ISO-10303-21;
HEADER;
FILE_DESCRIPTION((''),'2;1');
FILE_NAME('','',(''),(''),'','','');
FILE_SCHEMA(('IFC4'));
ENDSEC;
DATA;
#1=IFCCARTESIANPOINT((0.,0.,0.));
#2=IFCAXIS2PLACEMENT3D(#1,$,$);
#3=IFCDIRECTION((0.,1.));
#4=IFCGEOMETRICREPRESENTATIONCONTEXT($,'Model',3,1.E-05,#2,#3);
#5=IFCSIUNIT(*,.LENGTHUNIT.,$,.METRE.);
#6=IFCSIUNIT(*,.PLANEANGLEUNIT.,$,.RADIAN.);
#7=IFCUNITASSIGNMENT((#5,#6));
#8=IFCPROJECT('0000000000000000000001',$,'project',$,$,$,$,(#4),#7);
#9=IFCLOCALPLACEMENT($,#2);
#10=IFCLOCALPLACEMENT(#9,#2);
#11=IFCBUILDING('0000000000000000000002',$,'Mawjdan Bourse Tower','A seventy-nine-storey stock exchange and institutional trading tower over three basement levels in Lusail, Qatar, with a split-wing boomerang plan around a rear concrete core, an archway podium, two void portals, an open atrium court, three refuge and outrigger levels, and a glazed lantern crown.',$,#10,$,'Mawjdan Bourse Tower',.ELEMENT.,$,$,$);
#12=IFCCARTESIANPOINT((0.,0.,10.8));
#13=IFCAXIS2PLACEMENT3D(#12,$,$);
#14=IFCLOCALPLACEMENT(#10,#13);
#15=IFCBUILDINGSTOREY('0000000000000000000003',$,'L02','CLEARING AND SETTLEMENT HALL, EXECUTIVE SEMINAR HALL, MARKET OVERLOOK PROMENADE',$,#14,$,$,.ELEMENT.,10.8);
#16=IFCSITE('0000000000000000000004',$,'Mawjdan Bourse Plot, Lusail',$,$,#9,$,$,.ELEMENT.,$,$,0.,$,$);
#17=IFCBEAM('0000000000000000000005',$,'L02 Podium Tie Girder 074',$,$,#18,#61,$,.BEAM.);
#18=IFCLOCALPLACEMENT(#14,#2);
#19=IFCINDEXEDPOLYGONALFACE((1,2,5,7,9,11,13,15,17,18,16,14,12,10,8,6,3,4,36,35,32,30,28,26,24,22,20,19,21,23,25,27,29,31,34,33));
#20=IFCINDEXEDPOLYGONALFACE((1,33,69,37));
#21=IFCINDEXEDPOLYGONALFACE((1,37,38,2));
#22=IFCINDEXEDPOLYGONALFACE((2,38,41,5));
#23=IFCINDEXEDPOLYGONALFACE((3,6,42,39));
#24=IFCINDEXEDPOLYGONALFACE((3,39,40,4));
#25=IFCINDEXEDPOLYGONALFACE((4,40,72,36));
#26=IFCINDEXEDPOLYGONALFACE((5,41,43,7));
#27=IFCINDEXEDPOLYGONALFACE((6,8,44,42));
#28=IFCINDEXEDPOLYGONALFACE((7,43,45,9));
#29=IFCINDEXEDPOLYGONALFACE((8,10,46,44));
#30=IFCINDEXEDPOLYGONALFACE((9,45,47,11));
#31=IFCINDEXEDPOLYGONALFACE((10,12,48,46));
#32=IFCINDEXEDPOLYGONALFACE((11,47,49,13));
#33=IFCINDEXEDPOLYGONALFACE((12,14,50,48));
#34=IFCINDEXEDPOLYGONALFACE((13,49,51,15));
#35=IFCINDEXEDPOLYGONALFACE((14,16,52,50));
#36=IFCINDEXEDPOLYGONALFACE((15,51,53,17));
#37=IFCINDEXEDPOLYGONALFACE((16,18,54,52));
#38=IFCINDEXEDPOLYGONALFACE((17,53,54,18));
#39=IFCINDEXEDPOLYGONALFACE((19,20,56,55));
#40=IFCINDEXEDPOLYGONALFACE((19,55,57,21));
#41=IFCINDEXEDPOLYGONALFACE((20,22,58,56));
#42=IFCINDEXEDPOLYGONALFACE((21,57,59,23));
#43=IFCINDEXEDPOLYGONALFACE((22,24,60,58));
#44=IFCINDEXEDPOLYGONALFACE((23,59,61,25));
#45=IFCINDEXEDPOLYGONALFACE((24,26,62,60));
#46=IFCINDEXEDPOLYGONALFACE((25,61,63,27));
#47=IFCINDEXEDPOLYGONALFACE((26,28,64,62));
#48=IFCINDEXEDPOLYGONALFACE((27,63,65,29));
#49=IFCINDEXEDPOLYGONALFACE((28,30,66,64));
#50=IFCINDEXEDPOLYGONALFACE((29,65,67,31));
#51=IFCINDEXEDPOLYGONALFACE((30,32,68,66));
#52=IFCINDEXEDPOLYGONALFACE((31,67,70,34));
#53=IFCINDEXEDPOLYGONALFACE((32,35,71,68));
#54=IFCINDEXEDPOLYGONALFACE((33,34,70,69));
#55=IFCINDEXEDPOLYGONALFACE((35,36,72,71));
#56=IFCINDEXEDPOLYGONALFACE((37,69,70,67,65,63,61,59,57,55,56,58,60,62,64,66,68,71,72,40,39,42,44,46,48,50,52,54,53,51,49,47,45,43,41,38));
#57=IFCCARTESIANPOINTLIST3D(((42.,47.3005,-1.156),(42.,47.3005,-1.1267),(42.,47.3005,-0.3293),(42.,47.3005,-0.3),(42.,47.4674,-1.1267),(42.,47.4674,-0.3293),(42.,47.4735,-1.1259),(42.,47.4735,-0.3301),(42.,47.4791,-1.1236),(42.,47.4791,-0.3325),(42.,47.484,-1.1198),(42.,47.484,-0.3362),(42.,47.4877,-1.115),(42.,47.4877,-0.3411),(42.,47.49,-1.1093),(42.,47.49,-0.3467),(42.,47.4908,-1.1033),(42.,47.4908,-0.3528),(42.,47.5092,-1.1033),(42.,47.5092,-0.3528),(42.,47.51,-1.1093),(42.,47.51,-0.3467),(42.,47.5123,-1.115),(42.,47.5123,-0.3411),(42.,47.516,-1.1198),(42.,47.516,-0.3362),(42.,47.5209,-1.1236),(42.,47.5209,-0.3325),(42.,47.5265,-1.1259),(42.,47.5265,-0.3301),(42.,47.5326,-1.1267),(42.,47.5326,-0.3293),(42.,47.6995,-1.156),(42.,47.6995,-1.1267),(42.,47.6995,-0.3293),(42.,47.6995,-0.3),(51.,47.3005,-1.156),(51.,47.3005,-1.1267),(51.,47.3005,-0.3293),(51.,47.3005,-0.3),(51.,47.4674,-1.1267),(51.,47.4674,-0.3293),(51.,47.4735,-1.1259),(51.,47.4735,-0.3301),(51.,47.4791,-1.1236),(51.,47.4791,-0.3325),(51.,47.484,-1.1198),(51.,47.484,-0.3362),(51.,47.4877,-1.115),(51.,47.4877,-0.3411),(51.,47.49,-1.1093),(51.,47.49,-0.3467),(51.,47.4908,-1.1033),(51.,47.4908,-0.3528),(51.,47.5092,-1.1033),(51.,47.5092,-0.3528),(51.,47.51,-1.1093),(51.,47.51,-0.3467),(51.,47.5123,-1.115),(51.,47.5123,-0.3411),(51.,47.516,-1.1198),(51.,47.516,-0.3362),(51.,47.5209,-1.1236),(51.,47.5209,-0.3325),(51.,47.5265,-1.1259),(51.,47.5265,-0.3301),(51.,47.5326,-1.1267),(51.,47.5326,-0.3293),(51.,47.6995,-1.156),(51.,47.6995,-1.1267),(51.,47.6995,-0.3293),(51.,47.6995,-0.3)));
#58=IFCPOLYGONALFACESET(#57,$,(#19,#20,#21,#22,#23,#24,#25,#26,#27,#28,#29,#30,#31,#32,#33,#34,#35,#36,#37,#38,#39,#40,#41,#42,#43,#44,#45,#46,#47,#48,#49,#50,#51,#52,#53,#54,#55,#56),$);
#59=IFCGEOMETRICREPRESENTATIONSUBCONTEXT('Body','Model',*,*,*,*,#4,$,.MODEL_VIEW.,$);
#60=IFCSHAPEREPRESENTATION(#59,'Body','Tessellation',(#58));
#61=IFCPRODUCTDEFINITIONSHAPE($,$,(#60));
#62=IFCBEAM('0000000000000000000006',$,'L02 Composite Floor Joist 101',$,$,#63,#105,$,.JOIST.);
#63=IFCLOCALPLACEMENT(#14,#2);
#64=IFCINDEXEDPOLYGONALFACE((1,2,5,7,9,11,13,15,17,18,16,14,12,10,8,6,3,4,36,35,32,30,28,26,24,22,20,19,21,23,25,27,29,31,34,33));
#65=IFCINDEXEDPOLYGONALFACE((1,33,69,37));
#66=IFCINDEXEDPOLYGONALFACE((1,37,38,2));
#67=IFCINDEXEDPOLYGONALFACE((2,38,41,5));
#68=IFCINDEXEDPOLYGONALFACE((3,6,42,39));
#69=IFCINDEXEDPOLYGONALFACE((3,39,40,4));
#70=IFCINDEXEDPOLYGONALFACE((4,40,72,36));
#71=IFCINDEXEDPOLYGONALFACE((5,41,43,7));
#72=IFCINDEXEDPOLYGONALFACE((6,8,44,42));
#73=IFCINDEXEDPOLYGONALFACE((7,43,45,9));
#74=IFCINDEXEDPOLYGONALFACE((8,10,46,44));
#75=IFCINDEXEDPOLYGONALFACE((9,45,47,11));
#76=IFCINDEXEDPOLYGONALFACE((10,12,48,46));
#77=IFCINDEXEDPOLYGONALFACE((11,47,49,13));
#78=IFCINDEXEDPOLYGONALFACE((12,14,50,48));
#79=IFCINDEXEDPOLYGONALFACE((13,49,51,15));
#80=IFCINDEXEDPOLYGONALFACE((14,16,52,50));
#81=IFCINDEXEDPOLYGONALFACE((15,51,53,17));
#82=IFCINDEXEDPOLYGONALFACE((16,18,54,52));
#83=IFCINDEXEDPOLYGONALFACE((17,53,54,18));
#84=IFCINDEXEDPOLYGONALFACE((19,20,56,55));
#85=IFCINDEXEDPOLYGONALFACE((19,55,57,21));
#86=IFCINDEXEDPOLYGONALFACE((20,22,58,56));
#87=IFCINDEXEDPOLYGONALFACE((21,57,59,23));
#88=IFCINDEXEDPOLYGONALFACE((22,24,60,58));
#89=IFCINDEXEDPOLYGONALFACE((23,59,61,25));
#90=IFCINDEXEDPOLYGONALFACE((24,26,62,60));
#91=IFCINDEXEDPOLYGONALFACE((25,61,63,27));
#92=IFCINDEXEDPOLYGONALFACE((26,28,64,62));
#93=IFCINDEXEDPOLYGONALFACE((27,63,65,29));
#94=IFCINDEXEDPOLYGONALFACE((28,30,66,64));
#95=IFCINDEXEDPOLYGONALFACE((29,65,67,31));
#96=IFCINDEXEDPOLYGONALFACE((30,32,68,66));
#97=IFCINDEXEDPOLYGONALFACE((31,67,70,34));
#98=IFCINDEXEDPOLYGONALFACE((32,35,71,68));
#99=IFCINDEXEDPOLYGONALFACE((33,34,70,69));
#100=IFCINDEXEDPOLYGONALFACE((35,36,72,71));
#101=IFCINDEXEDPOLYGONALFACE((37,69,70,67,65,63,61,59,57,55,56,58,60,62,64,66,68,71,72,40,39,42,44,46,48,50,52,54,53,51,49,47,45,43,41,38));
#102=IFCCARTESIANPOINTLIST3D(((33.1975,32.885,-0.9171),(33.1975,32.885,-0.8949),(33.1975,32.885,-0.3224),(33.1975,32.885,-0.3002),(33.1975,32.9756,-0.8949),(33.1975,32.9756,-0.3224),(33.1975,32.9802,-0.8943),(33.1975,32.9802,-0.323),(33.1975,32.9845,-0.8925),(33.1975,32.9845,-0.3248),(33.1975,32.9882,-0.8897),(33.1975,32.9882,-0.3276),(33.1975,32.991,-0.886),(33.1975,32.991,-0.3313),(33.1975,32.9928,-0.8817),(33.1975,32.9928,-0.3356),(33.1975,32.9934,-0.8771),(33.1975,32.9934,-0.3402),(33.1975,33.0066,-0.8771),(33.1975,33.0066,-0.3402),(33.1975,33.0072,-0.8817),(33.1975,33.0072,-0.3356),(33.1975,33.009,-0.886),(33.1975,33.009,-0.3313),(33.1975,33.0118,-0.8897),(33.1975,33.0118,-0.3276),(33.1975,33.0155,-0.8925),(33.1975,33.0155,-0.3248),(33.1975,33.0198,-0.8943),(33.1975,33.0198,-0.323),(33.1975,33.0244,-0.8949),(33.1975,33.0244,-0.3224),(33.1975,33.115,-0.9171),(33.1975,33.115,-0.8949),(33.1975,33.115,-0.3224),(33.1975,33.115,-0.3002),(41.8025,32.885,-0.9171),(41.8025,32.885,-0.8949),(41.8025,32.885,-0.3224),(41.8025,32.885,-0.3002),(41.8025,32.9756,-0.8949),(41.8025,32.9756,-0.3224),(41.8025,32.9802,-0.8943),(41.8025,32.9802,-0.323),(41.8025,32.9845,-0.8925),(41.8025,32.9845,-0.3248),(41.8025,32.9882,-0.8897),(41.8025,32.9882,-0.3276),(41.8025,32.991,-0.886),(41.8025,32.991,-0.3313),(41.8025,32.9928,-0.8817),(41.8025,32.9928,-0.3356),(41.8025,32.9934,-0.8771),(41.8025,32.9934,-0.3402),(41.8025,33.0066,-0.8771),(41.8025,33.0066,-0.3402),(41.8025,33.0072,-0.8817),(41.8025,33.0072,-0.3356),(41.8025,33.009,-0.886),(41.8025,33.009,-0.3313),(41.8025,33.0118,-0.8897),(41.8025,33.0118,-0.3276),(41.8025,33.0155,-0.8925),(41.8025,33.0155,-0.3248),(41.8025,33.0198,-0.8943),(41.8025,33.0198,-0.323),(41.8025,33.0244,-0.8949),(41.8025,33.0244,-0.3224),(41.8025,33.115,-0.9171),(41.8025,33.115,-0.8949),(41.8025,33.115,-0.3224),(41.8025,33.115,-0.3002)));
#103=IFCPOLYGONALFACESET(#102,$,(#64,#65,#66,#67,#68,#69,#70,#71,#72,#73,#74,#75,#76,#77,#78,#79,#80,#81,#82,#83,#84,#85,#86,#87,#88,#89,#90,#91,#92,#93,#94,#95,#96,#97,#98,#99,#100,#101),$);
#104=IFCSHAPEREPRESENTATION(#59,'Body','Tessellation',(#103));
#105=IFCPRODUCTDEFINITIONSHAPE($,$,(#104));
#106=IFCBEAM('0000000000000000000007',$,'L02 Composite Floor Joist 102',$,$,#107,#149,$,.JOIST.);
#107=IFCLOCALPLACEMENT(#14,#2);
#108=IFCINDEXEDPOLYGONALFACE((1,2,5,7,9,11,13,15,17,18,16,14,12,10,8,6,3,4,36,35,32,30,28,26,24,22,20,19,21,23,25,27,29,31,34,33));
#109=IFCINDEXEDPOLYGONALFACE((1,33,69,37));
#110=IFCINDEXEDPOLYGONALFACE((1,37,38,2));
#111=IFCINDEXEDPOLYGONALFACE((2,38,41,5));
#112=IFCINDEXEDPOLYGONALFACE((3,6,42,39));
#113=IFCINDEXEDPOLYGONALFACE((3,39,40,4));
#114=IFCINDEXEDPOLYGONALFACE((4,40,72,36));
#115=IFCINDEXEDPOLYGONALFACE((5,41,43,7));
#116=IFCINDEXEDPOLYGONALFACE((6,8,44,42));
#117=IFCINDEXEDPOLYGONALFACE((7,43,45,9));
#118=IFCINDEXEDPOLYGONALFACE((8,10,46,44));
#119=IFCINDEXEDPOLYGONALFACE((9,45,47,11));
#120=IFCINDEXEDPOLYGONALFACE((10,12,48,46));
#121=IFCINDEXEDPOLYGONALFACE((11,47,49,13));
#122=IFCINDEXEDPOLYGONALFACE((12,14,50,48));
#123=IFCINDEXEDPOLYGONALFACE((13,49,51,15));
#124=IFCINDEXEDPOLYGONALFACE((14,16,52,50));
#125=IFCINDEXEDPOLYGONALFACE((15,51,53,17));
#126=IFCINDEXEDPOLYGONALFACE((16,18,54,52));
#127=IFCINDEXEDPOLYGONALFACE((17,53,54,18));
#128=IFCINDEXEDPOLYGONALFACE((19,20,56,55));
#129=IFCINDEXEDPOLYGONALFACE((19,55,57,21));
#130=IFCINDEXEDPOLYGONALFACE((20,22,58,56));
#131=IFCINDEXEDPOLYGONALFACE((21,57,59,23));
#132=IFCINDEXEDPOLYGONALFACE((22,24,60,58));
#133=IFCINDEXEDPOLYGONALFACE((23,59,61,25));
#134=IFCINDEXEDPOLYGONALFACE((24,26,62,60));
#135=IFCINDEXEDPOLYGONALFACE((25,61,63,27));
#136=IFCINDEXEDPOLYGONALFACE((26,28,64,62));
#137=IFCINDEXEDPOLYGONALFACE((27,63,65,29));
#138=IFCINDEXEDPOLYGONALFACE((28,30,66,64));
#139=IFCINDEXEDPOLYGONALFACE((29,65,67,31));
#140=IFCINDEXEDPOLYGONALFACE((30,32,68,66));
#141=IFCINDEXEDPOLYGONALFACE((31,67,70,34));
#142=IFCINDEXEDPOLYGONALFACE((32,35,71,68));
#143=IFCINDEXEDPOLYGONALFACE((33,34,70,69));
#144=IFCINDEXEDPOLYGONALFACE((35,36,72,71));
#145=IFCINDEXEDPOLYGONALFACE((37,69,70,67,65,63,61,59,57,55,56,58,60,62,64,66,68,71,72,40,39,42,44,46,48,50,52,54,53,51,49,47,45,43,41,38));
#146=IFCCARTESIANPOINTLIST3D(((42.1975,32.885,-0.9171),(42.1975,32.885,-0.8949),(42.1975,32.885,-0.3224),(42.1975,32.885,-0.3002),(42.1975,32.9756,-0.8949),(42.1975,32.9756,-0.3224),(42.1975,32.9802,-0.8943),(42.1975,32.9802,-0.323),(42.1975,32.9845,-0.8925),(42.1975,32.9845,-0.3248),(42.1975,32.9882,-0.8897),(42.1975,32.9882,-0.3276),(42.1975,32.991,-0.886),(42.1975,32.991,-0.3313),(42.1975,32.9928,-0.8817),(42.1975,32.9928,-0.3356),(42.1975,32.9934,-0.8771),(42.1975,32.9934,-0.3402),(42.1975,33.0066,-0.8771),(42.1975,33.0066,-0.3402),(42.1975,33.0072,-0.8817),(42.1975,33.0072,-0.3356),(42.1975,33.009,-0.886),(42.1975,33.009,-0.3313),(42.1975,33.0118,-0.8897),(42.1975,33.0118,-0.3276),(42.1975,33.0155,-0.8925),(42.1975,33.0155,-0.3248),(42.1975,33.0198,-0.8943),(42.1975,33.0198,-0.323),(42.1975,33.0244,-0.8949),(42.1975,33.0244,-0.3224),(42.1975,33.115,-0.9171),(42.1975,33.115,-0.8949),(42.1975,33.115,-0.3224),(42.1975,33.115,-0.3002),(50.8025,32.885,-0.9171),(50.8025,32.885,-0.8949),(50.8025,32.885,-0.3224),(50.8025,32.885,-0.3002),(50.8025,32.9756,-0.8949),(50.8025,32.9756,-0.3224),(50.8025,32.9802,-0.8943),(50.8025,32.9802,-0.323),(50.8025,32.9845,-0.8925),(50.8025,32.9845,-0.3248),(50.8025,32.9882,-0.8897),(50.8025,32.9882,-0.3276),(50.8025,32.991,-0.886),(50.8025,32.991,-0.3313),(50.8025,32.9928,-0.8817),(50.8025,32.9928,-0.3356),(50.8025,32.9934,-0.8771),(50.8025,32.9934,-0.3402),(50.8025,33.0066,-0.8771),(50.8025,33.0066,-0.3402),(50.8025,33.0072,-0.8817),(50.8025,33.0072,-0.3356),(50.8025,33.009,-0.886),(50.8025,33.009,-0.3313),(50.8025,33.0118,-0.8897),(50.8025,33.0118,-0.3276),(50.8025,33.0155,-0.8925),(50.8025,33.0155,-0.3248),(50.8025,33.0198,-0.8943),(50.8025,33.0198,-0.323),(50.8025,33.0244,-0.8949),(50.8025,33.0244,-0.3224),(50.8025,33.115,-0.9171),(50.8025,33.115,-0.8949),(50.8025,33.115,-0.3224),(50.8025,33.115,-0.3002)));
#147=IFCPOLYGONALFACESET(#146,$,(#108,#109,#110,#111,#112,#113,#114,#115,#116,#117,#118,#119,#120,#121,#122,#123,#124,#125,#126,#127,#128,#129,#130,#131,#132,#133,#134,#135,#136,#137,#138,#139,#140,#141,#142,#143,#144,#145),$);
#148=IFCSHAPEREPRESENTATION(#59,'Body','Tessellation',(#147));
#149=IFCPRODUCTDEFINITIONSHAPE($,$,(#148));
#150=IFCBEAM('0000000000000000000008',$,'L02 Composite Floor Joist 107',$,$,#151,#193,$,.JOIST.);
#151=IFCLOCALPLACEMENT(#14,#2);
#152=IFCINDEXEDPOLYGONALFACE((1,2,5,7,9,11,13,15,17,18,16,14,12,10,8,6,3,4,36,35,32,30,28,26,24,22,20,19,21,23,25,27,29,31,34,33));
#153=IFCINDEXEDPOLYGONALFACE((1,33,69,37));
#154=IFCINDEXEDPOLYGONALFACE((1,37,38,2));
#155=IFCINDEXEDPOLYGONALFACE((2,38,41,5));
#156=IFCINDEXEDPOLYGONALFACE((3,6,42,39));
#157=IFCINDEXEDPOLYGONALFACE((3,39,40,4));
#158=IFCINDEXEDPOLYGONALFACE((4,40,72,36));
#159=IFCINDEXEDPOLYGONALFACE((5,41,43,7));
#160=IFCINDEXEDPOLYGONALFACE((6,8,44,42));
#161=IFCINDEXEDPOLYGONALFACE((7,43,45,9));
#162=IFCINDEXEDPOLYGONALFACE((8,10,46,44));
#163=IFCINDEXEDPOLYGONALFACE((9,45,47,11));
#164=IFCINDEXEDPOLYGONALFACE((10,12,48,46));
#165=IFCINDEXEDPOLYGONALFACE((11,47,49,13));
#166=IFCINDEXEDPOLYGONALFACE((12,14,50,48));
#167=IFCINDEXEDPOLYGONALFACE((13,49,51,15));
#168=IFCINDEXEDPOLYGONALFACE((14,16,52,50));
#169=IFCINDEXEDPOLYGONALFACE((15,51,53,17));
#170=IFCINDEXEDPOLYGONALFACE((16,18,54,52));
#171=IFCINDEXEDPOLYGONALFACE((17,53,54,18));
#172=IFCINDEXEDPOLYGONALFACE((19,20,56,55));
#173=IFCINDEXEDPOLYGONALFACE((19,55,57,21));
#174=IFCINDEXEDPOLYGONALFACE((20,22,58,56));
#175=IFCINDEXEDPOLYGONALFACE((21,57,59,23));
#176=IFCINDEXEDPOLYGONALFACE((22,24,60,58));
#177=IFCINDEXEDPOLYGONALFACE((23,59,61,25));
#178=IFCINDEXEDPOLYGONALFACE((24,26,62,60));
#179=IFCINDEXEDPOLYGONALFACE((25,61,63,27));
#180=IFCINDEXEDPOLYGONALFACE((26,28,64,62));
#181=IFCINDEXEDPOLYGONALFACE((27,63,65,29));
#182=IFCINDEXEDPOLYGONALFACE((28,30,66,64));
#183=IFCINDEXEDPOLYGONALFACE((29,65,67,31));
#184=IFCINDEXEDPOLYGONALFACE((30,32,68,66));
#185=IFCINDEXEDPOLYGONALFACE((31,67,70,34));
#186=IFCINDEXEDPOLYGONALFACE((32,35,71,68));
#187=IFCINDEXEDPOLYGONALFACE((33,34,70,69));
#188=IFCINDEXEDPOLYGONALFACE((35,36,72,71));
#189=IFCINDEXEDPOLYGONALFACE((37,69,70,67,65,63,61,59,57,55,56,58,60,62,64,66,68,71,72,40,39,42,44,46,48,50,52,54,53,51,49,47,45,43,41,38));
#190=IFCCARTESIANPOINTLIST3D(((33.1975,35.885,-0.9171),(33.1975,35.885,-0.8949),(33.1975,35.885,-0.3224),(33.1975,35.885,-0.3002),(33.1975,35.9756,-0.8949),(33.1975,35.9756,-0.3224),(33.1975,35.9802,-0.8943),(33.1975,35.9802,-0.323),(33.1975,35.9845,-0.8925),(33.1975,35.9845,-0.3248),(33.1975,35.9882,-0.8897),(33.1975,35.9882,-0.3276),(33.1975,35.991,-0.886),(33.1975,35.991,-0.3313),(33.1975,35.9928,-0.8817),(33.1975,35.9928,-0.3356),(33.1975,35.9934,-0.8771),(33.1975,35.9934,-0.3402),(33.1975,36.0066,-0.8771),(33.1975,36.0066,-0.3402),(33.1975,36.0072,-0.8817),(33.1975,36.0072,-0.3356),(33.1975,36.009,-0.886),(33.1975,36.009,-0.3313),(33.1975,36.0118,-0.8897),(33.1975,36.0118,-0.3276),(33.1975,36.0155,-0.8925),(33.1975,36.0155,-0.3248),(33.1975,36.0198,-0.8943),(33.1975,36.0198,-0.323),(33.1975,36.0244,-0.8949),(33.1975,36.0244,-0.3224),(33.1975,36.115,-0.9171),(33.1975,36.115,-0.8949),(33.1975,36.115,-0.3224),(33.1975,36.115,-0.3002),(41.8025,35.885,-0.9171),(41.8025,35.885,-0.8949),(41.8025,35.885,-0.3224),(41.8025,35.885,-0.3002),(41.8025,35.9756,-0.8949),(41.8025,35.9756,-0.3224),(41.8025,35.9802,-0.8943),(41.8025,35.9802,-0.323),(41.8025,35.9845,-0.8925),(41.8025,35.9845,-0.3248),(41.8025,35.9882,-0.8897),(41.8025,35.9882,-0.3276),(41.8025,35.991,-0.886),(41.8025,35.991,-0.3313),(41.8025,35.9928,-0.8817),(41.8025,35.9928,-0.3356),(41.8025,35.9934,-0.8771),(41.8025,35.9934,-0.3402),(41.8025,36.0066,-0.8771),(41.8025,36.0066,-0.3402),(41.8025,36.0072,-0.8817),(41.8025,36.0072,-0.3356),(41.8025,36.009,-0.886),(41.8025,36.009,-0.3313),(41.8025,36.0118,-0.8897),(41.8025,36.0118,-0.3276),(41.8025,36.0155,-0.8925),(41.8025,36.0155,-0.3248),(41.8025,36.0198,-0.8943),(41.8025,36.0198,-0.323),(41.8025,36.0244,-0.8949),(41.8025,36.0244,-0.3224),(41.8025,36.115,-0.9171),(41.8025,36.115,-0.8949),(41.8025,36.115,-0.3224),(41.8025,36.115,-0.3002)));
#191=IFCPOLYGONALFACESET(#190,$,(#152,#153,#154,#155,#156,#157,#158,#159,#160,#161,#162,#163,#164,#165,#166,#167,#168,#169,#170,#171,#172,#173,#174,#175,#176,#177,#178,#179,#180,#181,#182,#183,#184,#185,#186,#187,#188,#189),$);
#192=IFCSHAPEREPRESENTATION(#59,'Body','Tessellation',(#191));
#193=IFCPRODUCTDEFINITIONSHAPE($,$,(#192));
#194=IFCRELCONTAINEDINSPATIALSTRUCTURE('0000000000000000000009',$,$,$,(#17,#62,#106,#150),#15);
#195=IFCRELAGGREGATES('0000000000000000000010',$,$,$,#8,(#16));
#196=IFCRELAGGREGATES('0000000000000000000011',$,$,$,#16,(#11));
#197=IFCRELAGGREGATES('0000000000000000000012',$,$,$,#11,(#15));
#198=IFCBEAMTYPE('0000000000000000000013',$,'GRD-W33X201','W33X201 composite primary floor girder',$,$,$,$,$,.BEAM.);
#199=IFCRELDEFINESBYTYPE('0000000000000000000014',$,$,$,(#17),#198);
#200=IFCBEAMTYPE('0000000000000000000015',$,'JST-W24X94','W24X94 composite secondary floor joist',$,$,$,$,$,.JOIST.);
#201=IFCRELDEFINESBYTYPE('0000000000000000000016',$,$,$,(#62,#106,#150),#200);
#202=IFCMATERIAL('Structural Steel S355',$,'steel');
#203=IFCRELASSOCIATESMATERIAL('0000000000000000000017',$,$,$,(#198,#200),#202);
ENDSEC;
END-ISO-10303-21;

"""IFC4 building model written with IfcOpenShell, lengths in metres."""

from ifc_helpers import new_model, si_unit, direction, frame, origin, origin_2d, place, context, subcontext, project, spatial, i_section, extrude, material, material_profile, profile_set, type_object, element, save


model = new_model("IFC4")

# Units and contexts
model_context = context("Model", 3, precision=1e-05, world=origin(), true_north=direction((0.0, 1.0)))
body_context = subcontext(model_context, "Body", "Model", "MODEL_VIEW")
ifc_project = project(units=[si_unit("LENGTHUNIT", "METRE"), si_unit("PLANEANGLEUNIT", "RADIAN")], contexts=[model_context])

# Site, building, storey
site_placement = place(None, origin())
site = spatial("IfcSite", under=ifc_project, at=site_placement, Name="Mawjdan Bourse Plot, Lusail", CompositionType="ELEMENT", RefElevation=0.0)
building_placement = place(site_placement, origin())
building = spatial("IfcBuilding", under=site, at=building_placement, Name="Mawjdan Bourse Tower", Description="A seventy-nine-storey stock exchange and institutional trading tower over three basement levels in Lusail, Qatar, with a split-wing boomerang plan around a rear concrete core, an archway podium, two void portals, an open atrium court, three refuge and outrigger levels, and a glazed lantern crown.", LongName="Mawjdan Bourse Tower", CompositionType="ELEMENT")
storey_placement = place(building_placement, frame((0.0, 0.0, 10.8)))
storey = spatial("IfcBuildingStorey", under=building, at=storey_placement, Name="L02", Description="CLEARING AND SETTLEMENT HALL, EXECUTIVE SEMINAR HALL, MARKET OVERLOOK PROMENADE", CompositionType="ELEMENT", Elevation=10.8)

# Beams
ifc_material_1 = material(Name="Structural Steel S355", Category="steel")
ifc_material_profile_1 = material_profile(ifc_material_1, i_section(OverallWidth=0.3989, OverallDepth=0.856, WebThickness=0.0183, FlangeThickness=0.0293, FilletRadius=0.0234, at=origin_2d()), Name="W33X201")
ifc_profile_set_1 = profile_set([ifc_material_profile_1], Name="Structural Steel S355")
beam_type_1 = type_object("IfcBeamType", Name="GRD-W33X201", Description="W33X201 composite primary floor girder", PredefinedType="BEAM", material=ifc_profile_set_1)
for number, where, z_axis, x_axis, name in (
    (1, (42.0, 47.5, -0.728), (1.0, 0.0, 0.0), (0.0, 1.0, 0.0), "L02 Podium Tie Girder 074"),
):
    element("IfcBeam", number, at=place(storey_placement, frame(where, z_axis=z_axis, x_axis=x_axis)), inside=storey, type_object=beam_type_1, Name=name, PredefinedType="BEAM", context=body_context, shape_type="SweptSolid", body=[
        extrude(i_section(OverallWidth=0.3989, OverallDepth=0.856, WebThickness=0.0183, FlangeThickness=0.0293, FilletRadius=0.0234, at=origin_2d()), origin(), (0.0, 0.0, 1.0), 9.0),
    ])
ifc_material_profile_2 = material_profile(ifc_material_1, i_section(OverallWidth=0.23, OverallDepth=0.6169, WebThickness=0.0132, FlangeThickness=0.0222, FilletRadius=0.0178, at=origin_2d()), Name="W24X94")
ifc_profile_set_2 = profile_set([ifc_material_profile_2], Name="Structural Steel S355")
beam_type_2 = type_object("IfcBeamType", Name="JST-W24X94", Description="W24X94 composite secondary floor joist", PredefinedType="JOIST", material=ifc_profile_set_2)
for number, where, z_axis, x_axis, name in (
    (2, (33.1975, 33.0, -0.6086), (1.0, 0.0, 0.0), (0.0, 1.0, 0.0), "L02 Composite Floor Joist 101"),
    (3, (42.1975, 33.0, -0.6086), (1.0, 0.0, 0.0), (0.0, 1.0, 0.0), "L02 Composite Floor Joist 102"),
    (4, (33.1975, 36.0, -0.6086), (1.0, 0.0, 0.0), (0.0, 1.0, 0.0), "L02 Composite Floor Joist 107"),
):
    element("IfcBeam", number, at=place(storey_placement, frame(where, z_axis=z_axis, x_axis=x_axis)), inside=storey, type_object=beam_type_2, Name=name, PredefinedType="JOIST", context=body_context, shape_type="SweptSolid", body=[
        extrude(i_section(OverallWidth=0.23, OverallDepth=0.6169, WebThickness=0.0132, FlangeThickness=0.0222, FilletRadius=0.0178, at=origin_2d()), origin(), (0.0, 0.0, 1.0), 8.605),
    ])

save(model, "model.ifc")
